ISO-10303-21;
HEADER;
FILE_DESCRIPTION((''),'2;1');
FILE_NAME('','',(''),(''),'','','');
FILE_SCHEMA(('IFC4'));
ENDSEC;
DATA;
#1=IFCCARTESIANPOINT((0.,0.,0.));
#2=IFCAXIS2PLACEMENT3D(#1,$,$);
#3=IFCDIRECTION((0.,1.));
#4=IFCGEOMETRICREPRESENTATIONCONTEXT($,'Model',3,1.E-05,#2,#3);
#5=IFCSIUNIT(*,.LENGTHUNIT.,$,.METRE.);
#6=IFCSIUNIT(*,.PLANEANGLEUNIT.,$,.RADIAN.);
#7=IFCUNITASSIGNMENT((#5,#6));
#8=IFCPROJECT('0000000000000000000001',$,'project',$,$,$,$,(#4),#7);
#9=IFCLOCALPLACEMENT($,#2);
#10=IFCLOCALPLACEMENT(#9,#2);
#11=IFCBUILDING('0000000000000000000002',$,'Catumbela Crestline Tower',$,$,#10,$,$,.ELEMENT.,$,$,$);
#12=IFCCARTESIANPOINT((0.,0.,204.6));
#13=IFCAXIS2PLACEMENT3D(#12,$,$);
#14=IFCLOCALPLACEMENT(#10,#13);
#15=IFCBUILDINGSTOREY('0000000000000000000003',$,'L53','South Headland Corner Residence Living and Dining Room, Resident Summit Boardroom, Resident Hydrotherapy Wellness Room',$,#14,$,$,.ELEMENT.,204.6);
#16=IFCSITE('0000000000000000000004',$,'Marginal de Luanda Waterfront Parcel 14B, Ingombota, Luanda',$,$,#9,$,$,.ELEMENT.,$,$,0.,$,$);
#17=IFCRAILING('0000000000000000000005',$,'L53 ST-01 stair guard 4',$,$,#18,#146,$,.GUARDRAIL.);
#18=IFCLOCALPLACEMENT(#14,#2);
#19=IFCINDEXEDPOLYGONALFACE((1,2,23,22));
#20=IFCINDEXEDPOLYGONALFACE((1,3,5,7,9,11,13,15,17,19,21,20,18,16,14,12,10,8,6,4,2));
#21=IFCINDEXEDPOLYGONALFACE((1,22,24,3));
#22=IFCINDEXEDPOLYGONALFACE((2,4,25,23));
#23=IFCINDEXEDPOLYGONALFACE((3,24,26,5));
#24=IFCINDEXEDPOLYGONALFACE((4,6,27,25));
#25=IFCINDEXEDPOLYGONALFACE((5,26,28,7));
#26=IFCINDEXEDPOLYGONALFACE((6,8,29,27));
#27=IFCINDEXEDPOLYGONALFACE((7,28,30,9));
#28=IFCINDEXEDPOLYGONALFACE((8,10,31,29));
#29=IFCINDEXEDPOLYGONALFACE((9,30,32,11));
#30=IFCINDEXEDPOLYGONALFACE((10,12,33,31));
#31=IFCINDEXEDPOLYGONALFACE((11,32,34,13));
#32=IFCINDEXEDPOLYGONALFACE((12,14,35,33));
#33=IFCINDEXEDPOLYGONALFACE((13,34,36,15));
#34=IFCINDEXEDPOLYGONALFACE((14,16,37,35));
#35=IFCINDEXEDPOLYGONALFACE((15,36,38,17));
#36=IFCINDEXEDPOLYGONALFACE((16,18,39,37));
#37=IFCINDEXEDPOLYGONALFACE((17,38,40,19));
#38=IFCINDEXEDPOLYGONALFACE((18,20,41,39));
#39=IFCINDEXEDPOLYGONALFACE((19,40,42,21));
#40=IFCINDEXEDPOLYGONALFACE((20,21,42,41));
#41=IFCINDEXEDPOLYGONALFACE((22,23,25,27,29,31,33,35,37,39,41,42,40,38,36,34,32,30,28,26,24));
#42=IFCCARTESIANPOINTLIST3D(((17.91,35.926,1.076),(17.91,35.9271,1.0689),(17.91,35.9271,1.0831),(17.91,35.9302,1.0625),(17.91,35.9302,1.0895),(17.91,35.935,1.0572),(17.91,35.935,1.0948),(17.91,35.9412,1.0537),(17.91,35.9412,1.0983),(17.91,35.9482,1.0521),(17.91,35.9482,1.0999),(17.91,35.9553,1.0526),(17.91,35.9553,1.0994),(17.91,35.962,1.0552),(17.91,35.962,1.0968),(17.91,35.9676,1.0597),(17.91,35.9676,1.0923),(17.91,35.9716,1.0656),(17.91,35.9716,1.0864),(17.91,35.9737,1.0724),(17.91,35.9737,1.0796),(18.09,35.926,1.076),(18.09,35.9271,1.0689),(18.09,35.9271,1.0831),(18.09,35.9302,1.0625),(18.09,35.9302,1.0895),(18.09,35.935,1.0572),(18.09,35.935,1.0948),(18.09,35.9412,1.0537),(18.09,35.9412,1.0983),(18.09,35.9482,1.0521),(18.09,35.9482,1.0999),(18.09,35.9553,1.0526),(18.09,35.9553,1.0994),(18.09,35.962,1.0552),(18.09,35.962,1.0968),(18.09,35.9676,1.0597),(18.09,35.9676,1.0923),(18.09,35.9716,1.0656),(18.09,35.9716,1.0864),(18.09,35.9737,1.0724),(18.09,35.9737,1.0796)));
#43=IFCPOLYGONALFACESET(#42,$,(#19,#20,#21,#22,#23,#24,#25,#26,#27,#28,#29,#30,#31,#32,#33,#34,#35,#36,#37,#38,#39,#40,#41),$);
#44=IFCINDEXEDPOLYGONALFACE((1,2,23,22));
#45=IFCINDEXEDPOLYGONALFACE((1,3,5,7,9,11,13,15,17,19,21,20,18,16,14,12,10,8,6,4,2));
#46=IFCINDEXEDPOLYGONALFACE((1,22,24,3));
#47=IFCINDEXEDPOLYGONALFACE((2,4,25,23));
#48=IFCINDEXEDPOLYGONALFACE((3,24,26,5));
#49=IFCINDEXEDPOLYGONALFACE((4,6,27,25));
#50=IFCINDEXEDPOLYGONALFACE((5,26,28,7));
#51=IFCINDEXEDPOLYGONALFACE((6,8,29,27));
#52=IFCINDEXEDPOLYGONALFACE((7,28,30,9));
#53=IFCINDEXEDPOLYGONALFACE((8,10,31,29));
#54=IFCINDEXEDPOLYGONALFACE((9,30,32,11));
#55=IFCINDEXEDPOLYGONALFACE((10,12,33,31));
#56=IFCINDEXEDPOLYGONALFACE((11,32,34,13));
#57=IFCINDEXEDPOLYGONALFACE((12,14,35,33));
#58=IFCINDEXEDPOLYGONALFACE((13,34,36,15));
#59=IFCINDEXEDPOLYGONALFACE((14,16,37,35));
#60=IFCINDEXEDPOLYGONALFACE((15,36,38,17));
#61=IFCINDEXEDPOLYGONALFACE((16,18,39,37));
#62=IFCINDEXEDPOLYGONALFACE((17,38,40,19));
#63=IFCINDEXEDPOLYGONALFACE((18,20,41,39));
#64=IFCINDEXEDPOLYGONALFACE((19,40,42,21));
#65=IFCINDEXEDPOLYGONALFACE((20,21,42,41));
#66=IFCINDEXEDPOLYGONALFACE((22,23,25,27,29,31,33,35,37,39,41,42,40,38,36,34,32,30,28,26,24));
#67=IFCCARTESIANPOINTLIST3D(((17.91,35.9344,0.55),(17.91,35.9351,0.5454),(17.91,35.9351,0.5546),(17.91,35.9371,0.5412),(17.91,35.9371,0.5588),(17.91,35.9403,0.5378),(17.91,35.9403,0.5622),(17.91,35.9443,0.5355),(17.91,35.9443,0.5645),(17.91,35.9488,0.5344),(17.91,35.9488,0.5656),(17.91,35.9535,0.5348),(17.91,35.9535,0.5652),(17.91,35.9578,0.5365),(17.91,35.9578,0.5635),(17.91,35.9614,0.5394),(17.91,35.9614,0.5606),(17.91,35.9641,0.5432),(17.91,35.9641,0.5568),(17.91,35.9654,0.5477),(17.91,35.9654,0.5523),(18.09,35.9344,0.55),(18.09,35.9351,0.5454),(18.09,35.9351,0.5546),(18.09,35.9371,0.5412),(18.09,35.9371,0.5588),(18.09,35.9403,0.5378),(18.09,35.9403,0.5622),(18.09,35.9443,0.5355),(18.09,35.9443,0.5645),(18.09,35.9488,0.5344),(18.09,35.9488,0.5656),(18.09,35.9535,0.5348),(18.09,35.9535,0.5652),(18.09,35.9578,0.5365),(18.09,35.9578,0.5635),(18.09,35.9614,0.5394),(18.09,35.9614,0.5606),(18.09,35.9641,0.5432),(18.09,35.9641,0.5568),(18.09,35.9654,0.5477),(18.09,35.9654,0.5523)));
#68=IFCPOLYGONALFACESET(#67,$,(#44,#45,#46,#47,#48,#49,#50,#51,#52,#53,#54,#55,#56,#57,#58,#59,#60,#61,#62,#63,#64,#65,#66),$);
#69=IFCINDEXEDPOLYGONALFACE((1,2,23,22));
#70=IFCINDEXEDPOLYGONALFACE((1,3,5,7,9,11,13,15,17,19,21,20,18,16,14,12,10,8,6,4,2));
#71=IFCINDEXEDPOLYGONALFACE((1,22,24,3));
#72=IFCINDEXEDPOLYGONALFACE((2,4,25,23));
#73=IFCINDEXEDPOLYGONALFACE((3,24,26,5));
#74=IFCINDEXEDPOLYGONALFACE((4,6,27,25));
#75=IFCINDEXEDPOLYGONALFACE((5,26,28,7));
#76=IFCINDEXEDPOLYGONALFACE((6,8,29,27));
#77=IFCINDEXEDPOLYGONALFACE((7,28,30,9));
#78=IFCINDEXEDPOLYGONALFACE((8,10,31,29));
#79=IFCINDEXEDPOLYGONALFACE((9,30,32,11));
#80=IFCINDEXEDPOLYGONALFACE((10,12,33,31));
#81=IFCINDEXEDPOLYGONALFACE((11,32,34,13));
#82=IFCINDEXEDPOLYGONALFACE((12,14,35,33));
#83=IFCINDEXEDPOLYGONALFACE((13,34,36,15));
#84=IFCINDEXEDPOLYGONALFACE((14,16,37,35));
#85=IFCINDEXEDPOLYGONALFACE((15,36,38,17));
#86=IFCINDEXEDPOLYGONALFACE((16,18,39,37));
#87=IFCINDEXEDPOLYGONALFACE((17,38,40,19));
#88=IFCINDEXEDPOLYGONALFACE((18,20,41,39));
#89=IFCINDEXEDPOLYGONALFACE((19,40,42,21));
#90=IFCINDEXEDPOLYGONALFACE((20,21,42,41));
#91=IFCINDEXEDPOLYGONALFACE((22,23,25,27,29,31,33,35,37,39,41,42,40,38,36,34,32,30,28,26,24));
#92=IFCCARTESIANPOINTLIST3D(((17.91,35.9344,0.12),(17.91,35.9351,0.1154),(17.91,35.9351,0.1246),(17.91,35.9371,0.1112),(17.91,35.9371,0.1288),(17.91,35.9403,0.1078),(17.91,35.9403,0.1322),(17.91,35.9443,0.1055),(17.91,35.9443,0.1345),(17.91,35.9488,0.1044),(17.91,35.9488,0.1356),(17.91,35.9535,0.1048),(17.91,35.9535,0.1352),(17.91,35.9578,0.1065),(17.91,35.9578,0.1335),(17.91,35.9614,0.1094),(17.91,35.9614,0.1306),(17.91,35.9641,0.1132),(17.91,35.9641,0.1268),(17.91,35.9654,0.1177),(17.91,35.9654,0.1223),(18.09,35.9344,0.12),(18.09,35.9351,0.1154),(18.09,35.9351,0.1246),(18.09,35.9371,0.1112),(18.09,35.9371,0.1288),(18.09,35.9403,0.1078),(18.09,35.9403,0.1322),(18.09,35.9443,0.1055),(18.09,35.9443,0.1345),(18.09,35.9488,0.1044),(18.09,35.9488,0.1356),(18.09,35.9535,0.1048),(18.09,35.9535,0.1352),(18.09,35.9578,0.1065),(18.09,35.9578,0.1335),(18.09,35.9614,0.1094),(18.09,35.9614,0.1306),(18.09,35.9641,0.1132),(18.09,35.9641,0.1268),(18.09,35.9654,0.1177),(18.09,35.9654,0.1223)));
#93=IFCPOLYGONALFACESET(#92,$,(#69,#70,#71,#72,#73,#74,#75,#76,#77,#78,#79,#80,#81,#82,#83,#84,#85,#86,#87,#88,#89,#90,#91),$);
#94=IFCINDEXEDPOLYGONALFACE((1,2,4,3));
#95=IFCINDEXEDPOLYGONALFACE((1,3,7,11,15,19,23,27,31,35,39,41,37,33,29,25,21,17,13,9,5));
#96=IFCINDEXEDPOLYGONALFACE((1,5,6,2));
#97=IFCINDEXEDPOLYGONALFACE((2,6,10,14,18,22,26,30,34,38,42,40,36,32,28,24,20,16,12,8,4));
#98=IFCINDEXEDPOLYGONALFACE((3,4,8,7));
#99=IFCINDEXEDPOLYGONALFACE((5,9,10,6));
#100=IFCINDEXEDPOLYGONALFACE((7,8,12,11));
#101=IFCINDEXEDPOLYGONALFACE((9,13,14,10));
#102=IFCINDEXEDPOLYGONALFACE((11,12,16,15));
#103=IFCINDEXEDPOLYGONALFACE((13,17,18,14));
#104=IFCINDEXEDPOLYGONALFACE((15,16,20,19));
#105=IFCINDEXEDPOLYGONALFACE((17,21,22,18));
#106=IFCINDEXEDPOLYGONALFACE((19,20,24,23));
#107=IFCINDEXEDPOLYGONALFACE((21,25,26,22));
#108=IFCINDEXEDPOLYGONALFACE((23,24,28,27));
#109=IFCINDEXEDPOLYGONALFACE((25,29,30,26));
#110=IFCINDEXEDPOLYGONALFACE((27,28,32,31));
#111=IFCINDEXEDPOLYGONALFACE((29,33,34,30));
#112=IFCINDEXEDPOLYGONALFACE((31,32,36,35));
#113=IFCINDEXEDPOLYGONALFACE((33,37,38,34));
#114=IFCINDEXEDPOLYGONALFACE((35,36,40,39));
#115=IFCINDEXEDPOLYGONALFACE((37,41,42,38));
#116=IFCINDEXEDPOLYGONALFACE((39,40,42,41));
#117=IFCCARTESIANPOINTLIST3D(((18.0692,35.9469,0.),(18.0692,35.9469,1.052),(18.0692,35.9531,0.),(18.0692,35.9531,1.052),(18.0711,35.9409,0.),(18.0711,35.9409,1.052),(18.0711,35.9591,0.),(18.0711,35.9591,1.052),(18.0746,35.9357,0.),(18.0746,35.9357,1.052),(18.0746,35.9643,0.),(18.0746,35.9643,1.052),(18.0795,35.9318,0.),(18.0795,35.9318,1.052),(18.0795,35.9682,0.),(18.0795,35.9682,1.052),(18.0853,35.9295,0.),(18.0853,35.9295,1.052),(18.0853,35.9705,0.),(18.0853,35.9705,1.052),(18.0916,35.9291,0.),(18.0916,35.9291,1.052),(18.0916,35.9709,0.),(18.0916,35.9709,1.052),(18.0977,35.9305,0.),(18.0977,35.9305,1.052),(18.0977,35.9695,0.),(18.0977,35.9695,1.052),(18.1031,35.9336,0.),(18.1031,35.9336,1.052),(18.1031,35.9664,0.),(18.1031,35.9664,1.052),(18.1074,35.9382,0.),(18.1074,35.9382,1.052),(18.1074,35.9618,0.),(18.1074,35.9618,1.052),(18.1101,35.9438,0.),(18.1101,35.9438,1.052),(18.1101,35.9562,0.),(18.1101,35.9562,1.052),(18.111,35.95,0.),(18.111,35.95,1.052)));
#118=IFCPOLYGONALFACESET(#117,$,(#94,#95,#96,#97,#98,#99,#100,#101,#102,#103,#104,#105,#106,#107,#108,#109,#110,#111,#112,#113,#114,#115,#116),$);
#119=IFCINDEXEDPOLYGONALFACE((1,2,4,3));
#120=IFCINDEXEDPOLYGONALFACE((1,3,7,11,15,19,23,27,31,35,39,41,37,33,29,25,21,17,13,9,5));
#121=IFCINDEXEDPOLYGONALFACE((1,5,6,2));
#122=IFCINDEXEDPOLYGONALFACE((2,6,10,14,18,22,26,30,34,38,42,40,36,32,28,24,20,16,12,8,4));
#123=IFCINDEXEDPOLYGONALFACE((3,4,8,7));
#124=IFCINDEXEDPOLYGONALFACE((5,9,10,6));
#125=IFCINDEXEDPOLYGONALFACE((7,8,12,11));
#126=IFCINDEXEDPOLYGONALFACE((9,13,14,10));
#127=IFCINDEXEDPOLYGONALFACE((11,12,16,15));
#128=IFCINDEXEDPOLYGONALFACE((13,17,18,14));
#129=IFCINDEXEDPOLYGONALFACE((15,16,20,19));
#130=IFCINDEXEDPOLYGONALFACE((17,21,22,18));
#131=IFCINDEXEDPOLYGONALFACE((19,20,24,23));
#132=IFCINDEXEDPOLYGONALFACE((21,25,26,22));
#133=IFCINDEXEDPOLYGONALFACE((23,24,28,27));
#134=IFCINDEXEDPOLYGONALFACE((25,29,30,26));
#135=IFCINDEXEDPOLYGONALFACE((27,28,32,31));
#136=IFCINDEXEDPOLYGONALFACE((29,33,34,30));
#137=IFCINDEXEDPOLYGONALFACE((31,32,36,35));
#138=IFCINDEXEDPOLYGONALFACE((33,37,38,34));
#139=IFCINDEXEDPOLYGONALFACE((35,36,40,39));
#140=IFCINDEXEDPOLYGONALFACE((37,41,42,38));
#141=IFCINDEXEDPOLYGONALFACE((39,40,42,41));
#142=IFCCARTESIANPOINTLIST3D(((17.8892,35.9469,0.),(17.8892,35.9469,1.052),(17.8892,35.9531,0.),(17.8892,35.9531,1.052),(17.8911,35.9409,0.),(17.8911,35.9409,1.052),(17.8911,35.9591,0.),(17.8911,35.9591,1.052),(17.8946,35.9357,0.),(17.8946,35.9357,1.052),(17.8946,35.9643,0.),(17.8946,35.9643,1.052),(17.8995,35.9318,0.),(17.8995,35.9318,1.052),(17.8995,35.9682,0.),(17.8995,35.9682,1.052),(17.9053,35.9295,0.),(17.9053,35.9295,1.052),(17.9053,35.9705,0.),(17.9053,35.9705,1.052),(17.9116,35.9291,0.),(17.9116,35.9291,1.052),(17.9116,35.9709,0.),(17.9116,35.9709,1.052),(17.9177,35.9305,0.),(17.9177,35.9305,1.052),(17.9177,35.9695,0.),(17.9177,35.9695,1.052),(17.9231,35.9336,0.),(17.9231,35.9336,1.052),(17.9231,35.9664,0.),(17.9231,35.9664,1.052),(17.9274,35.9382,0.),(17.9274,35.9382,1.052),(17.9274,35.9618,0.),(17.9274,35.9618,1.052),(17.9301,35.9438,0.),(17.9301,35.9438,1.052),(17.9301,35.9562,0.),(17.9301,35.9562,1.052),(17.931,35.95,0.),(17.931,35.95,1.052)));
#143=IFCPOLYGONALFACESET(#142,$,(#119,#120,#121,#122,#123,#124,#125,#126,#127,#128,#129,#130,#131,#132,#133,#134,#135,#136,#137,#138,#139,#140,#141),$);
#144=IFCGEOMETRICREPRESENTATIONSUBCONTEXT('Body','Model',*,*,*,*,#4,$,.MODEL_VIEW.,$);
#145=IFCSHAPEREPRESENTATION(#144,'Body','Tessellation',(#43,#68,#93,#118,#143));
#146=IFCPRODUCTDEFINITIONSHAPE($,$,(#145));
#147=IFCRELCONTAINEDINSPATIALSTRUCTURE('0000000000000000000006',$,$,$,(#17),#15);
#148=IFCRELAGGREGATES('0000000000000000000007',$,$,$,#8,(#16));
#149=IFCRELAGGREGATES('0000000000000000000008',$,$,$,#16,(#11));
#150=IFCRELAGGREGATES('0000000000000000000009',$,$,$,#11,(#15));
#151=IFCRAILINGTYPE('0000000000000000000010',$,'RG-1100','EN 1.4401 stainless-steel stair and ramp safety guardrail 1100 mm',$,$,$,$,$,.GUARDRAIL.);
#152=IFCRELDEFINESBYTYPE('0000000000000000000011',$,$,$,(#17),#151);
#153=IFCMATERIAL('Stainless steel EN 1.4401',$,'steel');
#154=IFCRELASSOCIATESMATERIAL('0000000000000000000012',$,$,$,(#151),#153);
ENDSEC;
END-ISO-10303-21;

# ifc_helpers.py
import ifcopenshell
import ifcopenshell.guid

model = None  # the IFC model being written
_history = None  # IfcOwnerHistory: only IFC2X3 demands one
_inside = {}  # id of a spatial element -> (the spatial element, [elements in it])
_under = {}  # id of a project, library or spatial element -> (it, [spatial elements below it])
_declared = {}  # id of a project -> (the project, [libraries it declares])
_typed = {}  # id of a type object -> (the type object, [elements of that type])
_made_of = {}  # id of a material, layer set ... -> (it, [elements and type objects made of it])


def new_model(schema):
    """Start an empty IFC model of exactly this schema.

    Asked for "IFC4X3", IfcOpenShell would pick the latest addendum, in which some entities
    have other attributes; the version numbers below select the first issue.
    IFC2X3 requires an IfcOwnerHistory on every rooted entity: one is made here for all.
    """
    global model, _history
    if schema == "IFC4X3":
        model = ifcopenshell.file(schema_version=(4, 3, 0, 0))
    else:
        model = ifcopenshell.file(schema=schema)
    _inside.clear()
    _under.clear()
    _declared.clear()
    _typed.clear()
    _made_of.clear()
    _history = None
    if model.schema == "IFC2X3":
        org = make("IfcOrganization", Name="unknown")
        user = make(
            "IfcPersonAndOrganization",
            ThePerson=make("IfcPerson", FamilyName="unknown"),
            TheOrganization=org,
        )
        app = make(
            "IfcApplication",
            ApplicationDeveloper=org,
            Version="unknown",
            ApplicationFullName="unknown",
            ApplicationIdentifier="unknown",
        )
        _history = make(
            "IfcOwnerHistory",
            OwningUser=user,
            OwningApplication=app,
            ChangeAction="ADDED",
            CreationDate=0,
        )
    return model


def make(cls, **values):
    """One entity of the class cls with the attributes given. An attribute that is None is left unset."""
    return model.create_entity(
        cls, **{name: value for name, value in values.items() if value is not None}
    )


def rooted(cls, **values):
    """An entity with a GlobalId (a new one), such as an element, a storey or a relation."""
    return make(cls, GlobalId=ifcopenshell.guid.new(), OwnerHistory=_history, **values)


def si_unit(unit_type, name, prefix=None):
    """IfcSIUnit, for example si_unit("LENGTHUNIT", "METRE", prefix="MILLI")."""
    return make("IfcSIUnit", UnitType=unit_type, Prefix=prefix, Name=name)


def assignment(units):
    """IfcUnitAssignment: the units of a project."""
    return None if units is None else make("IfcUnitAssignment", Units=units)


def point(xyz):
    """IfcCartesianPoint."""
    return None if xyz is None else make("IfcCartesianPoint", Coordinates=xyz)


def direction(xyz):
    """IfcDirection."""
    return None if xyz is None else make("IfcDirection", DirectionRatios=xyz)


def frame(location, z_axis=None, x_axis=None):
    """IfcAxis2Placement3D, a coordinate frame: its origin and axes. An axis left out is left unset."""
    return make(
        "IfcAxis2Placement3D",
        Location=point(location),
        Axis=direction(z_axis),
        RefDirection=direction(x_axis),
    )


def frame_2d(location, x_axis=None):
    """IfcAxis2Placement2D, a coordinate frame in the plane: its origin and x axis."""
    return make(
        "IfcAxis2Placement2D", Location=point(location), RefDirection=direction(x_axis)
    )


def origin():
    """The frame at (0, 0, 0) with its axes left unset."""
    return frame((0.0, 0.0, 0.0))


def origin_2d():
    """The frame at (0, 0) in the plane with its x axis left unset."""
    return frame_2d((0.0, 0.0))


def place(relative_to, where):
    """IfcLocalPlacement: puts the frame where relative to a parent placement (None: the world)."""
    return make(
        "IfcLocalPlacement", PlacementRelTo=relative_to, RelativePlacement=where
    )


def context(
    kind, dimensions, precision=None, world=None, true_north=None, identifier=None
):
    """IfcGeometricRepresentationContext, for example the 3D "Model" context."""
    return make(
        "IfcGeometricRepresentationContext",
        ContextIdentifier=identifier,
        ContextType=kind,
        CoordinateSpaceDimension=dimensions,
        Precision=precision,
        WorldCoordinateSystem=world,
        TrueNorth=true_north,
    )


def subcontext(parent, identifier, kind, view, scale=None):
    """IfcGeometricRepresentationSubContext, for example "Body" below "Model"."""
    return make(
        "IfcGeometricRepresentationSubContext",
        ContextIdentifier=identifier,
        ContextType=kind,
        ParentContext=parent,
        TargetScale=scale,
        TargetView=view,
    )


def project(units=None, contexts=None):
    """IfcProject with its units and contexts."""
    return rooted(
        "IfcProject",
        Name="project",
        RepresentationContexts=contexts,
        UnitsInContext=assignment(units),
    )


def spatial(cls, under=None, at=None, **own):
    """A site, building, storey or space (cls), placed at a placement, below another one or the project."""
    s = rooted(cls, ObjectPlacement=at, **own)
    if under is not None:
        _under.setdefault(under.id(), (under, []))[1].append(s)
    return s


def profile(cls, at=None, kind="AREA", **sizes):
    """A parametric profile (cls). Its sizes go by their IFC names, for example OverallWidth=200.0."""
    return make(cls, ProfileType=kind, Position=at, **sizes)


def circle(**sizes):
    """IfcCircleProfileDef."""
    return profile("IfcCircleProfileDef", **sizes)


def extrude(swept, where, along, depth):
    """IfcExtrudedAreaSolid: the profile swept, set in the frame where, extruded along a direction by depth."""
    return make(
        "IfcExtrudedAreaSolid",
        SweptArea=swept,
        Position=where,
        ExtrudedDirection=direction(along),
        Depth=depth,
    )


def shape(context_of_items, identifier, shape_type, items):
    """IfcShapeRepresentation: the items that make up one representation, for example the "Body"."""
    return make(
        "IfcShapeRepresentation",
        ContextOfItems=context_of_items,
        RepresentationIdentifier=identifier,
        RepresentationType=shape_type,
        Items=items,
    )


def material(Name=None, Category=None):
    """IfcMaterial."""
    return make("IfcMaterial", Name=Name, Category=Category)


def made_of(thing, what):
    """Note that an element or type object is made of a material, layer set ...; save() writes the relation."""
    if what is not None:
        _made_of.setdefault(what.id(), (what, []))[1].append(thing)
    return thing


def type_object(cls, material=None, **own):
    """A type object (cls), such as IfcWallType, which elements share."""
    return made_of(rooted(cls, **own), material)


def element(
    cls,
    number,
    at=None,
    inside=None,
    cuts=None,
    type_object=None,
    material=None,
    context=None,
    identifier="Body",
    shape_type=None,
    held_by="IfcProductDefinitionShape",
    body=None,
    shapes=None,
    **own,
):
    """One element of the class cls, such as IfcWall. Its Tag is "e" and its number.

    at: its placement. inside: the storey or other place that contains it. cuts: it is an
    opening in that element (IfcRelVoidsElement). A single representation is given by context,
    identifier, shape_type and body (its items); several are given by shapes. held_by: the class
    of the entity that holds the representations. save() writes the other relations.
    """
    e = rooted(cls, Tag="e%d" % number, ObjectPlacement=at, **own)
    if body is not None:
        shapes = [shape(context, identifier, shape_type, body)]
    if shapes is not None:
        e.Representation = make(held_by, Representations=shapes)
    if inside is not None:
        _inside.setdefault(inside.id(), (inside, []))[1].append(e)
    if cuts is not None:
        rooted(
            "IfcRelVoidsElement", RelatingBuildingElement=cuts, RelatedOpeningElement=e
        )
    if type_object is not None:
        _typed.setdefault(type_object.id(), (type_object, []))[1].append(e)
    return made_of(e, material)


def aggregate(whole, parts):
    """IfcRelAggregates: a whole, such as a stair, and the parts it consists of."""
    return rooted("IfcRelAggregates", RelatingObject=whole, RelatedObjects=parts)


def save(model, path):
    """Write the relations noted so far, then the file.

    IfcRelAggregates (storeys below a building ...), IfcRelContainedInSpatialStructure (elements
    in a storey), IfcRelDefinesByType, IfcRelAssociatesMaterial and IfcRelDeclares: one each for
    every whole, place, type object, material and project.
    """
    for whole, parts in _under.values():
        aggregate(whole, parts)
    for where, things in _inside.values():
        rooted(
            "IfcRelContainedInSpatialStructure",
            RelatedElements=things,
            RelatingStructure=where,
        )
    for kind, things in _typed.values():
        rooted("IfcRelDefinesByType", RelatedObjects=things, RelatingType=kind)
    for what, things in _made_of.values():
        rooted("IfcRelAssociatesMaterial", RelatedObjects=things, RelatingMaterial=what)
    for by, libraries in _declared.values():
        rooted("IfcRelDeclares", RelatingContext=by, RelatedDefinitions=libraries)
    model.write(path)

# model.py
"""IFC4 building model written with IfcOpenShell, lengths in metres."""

from ifc_helpers import new_model, si_unit, direction, frame, origin, origin_2d, place, context, subcontext, project, spatial, circle, extrude, material, type_object, element, save


model = new_model("IFC4")

# Units and contexts
model_context = context("Model", 3, precision=1e-05, world=origin(), true_north=direction((0.0, 1.0)))
body_context = subcontext(model_context, "Body", "Model", "MODEL_VIEW")
ifc_project = project(units=[si_unit("LENGTHUNIT", "METRE"), si_unit("PLANEANGLEUNIT", "RADIAN")], contexts=[model_context])

# Site, building, storey
site_placement = place(None, origin())
site = spatial("IfcSite", under=ifc_project, at=site_placement, Name="Marginal de Luanda Waterfront Parcel 14B, Ingombota, Luanda", CompositionType="ELEMENT", RefElevation=0.0)
building_placement = place(site_placement, origin())
building = spatial("IfcBuilding", under=site, at=building_placement, Name="Catumbela Crestline Tower", CompositionType="ELEMENT")
storey_placement = place(building_placement, frame((0.0, 0.0, 204.6)))
storey = spatial("IfcBuildingStorey", under=building, at=storey_placement, Name="L53", Description="South Headland Corner Residence Living and Dining Room, Resident Summit Boardroom, Resident Hydrotherapy Wellness Room", CompositionType="ELEMENT", Elevation=204.6)

# Shared definitions
ifc_material_1 = material(Name="Stainless steel EN 1.4401", Category="steel")

# Railing
railing_type_1 = type_object("IfcRailingType", Name="RG-1100", Description="EN 1.4401 stainless-steel stair and ramp safety guardrail 1100 mm", PredefinedType="GUARDRAIL", material=ifc_material_1)
railing_1_placement = place(storey_placement, frame((18.09, 35.95, 0.0)))
element("IfcRailing", 1, at=railing_1_placement, inside=storey, type_object=railing_type_1, Name="L53 ST-01 stair guard 4", PredefinedType="GUARDRAIL", context=body_context, shape_type="SweptSolid", body=[
    extrude(circle(Radius=0.024, at=origin_2d()), frame((0.0, 0.0, 1.076), z_axis=(-1.0, 0.0, 0.0), x_axis=(0.0, -1.0, 0.0)), (0.0, 0.0, 1.0), 0.18),
    extrude(circle(Radius=0.0156, at=origin_2d()), frame((0.0, 0.0, 0.55), z_axis=(-1.0, 0.0, 0.0), x_axis=(0.0, -1.0, 0.0)), (0.0, 0.0, 1.0), 0.18),
    extrude(circle(Radius=0.0156, at=origin_2d()), frame((0.0, 0.0, 0.12), z_axis=(-1.0, 0.0, 0.0), x_axis=(0.0, -1.0, 0.0)), (0.0, 0.0, 1.0), 0.18),
    extrude(circle(Radius=0.021, at=origin_2d()), origin(), (0.0, 0.0, 1.0), 1.052),
    extrude(circle(Radius=0.021, at=origin_2d()), frame((-0.18, 0.0, 0.0)), (0.0, 0.0, 1.0), 1.052),
])

save(model, "model.ifc")
